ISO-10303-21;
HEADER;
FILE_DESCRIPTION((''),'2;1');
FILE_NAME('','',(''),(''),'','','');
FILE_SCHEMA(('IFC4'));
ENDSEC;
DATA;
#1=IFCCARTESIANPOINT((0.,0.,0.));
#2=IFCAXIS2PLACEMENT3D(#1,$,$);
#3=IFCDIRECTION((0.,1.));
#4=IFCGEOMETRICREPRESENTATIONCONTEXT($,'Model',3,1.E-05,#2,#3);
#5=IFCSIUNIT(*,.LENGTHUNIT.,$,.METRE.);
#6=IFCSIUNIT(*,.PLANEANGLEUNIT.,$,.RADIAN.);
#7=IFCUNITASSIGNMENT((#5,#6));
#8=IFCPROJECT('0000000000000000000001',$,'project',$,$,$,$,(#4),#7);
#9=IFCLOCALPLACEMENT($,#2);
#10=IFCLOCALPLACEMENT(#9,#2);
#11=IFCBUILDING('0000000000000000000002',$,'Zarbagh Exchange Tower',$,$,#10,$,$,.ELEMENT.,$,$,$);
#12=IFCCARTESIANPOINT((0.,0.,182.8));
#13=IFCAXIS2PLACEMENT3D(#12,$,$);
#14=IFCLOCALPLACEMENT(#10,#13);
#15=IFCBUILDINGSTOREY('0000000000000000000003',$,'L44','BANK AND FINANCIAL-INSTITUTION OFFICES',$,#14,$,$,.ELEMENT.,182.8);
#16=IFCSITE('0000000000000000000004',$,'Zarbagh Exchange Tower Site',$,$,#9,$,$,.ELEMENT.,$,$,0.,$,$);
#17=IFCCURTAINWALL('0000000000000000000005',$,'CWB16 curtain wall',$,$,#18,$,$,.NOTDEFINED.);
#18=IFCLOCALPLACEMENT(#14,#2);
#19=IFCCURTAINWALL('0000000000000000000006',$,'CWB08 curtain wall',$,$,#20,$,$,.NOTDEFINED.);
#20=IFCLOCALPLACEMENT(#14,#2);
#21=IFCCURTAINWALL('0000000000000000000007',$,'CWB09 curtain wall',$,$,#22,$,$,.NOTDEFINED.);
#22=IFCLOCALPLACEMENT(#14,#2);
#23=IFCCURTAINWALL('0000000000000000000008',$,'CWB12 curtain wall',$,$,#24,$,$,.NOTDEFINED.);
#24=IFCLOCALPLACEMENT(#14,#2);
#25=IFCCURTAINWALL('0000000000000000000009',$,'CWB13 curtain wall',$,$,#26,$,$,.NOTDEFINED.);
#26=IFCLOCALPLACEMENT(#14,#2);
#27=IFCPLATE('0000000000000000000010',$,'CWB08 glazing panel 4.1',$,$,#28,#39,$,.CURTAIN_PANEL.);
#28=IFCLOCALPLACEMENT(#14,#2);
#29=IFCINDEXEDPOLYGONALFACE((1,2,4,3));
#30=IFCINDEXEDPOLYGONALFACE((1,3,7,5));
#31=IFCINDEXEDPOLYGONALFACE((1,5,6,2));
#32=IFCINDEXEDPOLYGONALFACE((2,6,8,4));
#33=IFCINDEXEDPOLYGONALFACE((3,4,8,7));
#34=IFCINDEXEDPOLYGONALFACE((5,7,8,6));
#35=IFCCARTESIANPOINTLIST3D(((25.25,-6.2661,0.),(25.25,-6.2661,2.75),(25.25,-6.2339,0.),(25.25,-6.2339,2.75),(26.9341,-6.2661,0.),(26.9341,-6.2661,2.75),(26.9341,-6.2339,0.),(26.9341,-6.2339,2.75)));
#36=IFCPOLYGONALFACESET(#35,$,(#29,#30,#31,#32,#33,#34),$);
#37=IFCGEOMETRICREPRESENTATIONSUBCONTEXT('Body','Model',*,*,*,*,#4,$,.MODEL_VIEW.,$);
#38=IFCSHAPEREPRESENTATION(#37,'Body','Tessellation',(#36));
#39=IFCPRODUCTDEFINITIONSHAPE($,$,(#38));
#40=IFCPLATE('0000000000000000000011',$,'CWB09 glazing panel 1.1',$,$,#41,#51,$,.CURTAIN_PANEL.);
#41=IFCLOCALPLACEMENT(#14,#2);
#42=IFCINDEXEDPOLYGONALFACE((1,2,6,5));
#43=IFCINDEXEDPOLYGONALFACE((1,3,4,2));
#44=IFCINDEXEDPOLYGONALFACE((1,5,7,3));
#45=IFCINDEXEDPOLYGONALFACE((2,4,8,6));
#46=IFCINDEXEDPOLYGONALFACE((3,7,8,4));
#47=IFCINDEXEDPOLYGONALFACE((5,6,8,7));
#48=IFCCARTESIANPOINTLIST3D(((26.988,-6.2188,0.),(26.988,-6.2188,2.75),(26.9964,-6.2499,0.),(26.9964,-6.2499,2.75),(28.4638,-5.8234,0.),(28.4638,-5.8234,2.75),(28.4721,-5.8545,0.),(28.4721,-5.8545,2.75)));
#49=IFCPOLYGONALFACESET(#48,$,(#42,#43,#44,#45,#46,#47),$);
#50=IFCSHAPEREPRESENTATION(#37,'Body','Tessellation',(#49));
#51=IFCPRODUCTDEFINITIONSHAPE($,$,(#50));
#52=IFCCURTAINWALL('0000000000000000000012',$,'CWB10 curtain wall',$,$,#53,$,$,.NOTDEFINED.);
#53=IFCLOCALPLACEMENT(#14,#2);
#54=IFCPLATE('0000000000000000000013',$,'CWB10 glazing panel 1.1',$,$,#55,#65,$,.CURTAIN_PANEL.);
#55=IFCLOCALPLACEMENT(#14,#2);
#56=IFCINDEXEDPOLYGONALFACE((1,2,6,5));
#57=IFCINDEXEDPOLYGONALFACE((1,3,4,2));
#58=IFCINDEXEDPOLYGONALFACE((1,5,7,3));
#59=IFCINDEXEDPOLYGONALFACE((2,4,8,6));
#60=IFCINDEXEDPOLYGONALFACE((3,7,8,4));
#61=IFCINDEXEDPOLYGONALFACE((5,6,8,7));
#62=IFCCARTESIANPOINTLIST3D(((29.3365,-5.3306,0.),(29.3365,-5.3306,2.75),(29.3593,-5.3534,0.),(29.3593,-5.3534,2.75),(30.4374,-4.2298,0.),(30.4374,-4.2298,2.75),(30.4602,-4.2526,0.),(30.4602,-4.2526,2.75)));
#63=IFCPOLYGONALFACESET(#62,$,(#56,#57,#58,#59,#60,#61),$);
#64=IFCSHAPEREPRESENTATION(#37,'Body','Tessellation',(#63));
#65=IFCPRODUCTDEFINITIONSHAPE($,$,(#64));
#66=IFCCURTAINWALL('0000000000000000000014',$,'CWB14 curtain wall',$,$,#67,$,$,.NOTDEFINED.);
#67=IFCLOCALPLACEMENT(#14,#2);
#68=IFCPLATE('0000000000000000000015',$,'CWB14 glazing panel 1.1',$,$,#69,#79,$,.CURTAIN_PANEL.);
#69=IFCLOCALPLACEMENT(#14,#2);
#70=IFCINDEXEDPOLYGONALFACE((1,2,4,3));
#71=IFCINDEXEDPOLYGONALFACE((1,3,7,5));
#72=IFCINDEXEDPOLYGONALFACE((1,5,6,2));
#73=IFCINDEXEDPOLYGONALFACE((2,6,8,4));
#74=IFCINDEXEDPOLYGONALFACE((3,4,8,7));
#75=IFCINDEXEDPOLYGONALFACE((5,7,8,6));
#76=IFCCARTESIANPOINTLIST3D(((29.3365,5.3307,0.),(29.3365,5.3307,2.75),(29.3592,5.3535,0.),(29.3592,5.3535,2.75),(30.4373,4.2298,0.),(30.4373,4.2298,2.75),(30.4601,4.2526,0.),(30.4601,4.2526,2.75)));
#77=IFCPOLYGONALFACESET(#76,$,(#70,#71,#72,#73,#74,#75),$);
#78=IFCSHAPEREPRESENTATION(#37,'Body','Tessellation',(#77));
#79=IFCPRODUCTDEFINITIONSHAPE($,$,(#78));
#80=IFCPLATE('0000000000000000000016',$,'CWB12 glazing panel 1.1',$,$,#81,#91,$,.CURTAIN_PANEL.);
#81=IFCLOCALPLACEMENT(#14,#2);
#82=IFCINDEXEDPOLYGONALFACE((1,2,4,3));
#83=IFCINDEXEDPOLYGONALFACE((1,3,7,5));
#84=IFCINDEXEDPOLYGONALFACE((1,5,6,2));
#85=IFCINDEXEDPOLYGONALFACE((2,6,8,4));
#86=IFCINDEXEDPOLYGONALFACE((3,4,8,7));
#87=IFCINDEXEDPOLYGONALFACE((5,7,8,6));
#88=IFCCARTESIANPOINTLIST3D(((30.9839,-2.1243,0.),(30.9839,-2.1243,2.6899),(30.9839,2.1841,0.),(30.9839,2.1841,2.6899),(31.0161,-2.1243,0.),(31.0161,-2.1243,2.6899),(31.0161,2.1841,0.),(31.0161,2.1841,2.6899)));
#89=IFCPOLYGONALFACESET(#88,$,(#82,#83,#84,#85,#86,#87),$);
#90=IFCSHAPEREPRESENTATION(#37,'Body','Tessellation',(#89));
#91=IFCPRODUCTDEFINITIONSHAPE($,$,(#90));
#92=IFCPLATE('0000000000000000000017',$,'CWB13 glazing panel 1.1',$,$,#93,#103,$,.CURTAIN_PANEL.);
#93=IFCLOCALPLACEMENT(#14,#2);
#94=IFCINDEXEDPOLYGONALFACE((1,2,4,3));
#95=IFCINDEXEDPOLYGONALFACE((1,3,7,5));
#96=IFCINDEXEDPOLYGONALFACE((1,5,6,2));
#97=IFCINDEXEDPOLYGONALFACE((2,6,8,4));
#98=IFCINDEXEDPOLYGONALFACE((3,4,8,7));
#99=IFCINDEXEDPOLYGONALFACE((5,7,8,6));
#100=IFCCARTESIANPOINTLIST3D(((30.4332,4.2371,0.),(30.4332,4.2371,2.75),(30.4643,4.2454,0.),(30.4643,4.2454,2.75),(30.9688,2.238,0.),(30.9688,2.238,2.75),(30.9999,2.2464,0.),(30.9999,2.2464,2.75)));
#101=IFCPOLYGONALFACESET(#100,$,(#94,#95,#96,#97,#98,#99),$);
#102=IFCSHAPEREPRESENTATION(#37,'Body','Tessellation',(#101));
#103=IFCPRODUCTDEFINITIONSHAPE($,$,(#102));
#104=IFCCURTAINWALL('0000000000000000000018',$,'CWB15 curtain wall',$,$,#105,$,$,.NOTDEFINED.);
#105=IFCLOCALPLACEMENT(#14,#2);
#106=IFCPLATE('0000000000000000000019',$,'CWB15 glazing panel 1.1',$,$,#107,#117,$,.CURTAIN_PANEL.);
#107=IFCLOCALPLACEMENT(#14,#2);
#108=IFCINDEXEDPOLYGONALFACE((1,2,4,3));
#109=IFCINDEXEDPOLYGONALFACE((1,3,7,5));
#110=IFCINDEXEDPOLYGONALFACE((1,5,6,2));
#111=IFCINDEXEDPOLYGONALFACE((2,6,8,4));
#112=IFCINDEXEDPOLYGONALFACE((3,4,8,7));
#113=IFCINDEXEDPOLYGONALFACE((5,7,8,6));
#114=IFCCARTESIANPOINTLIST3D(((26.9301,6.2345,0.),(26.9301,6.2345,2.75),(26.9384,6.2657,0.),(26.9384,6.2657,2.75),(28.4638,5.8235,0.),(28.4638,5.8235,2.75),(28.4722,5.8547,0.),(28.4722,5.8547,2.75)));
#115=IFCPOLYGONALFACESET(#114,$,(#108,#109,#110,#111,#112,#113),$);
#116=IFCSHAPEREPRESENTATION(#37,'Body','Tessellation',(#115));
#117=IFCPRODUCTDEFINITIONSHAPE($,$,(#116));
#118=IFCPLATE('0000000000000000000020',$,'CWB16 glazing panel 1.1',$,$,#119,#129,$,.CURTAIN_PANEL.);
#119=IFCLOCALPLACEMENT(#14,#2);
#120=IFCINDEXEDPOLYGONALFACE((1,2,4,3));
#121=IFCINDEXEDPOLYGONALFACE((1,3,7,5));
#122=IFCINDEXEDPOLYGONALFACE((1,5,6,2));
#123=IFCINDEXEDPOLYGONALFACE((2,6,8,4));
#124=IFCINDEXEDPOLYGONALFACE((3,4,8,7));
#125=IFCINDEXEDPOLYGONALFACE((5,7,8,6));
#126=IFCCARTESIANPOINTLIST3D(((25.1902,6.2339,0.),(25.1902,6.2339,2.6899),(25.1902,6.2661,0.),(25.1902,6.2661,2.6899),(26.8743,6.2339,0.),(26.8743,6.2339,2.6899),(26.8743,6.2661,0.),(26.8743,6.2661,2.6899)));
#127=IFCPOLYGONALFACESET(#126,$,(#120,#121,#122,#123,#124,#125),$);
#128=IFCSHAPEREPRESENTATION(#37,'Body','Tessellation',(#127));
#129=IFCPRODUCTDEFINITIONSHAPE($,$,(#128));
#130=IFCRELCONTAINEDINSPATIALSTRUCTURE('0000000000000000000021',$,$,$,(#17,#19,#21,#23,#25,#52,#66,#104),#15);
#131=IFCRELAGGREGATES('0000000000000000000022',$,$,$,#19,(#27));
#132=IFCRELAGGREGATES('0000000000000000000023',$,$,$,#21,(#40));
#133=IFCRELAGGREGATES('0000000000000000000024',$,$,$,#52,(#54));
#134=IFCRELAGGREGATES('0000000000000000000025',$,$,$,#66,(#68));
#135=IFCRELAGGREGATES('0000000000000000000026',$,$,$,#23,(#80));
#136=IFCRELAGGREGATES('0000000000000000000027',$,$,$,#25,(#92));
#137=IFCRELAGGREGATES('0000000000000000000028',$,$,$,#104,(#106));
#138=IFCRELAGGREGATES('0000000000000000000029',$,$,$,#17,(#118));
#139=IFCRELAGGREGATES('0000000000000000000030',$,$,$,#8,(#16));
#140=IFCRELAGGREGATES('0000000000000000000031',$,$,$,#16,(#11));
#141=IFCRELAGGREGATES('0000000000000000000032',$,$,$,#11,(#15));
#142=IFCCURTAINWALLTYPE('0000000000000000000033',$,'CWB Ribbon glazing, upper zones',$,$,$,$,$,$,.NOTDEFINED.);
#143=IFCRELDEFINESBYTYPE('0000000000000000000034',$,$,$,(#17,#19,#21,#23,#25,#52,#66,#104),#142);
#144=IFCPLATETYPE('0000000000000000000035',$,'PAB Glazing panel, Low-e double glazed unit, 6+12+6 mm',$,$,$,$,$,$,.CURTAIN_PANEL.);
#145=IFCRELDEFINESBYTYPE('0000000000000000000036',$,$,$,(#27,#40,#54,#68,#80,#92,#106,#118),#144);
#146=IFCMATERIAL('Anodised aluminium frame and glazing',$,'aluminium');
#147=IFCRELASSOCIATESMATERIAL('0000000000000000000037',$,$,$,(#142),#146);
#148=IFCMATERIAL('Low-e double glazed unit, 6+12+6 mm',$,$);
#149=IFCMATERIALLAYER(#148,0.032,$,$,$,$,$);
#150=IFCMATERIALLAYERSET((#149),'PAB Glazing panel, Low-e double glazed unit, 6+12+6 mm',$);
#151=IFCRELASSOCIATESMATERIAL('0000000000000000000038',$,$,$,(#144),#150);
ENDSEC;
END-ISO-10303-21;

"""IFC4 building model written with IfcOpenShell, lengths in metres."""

from ifc_helpers import new_model, si_unit, direction, frame, origin, place, context, subcontext, project, spatial, polyline, outline, extrude, source, transform, mapped, material, layer, layer_set, type_object, element, aggregate, save


model = new_model("IFC4")

# Units and contexts
model_context = context("Model", 3, precision=1e-05, world=origin(), true_north=direction((0.0, 1.0)))
body_context = subcontext(model_context, "Body", "Model", "MODEL_VIEW")
ifc_project = project(units=[si_unit("LENGTHUNIT", "METRE"), si_unit("PLANEANGLEUNIT", "RADIAN")], contexts=[model_context])

# Site, building, storey
site_placement = place(None, origin())
site = spatial("IfcSite", under=ifc_project, at=site_placement, Name="Zarbagh Exchange Tower Site", CompositionType="ELEMENT", RefElevation=0.0)
building_placement = place(site_placement, origin())
building = spatial("IfcBuilding", under=site, at=building_placement, Name="Zarbagh Exchange Tower", CompositionType="ELEMENT")
storey_placement = place(building_placement, frame((0.0, 0.0, 182.8)))
storey = spatial("IfcBuildingStorey", under=building, at=storey_placement, Name="L44", Description="BANK AND FINANCIAL-INSTITUTION OFFICES", CompositionType="ELEMENT", Elevation=182.8)

# Curtain wall
ifc_material_1 = material(Name="Anodised aluminium frame and glazing", Category="aluminium")
curtain_wall_type = type_object("IfcCurtainWallType", Name="CWB Ribbon glazing, upper zones", PredefinedType="NOTDEFINED", material=ifc_material_1)
curtain_wall_1_placement = place(storey_placement, origin())
curtain_wall_1 = element("IfcCurtainWall", 1, at=curtain_wall_1_placement, inside=storey, type_object=curtain_wall_type, Name="CWB16 curtain wall", PredefinedType="NOTDEFINED")
placement = place(storey_placement, origin())

# Curtain wall
curtain_wall_2_placement = place(storey_placement, origin())
curtain_wall_2 = element("IfcCurtainWall", 2, at=curtain_wall_2_placement, inside=storey, type_object=curtain_wall_type, Name="CWB08 curtain wall", PredefinedType="NOTDEFINED")

# Curtain walls
curtain_wall_3_placement = place(storey_placement, origin())
curtain_wall_3 = element("IfcCurtainWall", 3, at=curtain_wall_3_placement, inside=storey, type_object=curtain_wall_type, Name="CWB09 curtain wall", PredefinedType="NOTDEFINED")
curtain_wall_4_placement = place(storey_placement, origin())
curtain_wall_4 = element("IfcCurtainWall", 4, at=curtain_wall_4_placement, inside=storey, type_object=curtain_wall_type, Name="CWB12 curtain wall", PredefinedType="NOTDEFINED")
curtain_wall_5_placement = place(storey_placement, origin())
curtain_wall_5 = element("IfcCurtainWall", 5, at=curtain_wall_5_placement, inside=storey, type_object=curtain_wall_type, Name="CWB13 curtain wall", PredefinedType="NOTDEFINED")

# Shared definitions
ifc_material_2 = material(Name="Low-e double glazed unit, 6+12+6 mm")
ifc_layer = layer(ifc_material_2, 0.032)
ifc_layer_set = layer_set([ifc_layer], Name="PAB Glazing panel, Low-e double glazed unit, 6+12+6 mm")
plate_type = type_object("IfcPlateType", Name="PAB Glazing panel, Low-e double glazed unit, 6+12+6 mm", PredefinedType="CURTAIN_PANEL", material=ifc_layer_set)

# Plates
shared_shape_1 = source(origin(), body_context, "Body", "SweptSolid", [
    extrude(outline(polyline([(0.0, -0.0161), (1.6841, -0.0161), (1.6841, 0.0161), (0.0, 0.0161), (0.0, -0.0161)])), origin(), (0.0, 0.0, 1.0), 2.75),
])
plate_1 = element("IfcPlate", 6, at=placement, type_object=plate_type, Name="CWB08 glazing panel 4.1", PredefinedType="CURTAIN_PANEL", context=body_context, shape_type="MappedRepresentation", body=[
    mapped(shared_shape_1, transform((25.25, -6.25, 0.0), x_axis=(1.0, 0.0, 0.0), y_axis=(0.0, 1.0, 0.0), z_axis=(0.0, 0.0, 1.0))),
])
aggregate(curtain_wall_2, [plate_1])
shared_shape_2 = source(origin(), body_context, "Body", "SweptSolid", [
    extrude(outline(polyline([(0.0, -0.0161), (1.5278, -0.0161), (1.5278, 0.0161), (0.0, 0.0161), (0.0, -0.0161)])), origin(), (0.0, 0.0, 1.0), 2.75),
])
plate_2 = element("IfcPlate", 7, at=placement, type_object=plate_type, Name="CWB09 glazing panel 1.1", PredefinedType="CURTAIN_PANEL", context=body_context, shape_type="MappedRepresentation", body=[
    mapped(shared_shape_2, transform((26.9922, -6.2344, 0.0), x_axis=(0.965924, 0.258825, 0.0), y_axis=(-0.258825, 0.965924, 0.0), z_axis=(0.0, 0.0, 1.0))),
])
aggregate(curtain_wall_3, [plate_2])

# Curtain walls, plates
curtain_wall_6_placement = place(storey_placement, origin())
curtain_wall_6 = element("IfcCurtainWall", 8, at=curtain_wall_6_placement, inside=storey, type_object=curtain_wall_type, Name="CWB10 curtain wall", PredefinedType="NOTDEFINED")
shared_shape_3 = source(origin(), body_context, "Body", "SweptSolid", [
    extrude(outline(polyline([(0.0, -0.0161), (1.5569, -0.0161), (1.5569, 0.0161), (0.0, 0.0161), (0.0, -0.0161)])), origin(), (0.0, 0.0, 1.0), 2.75),
])
plate_3 = element("IfcPlate", 9, at=placement, type_object=plate_type, Name="CWB10 glazing panel 1.1", PredefinedType="CURTAIN_PANEL", context=body_context, shape_type="MappedRepresentation", body=[
    mapped(shared_shape_3, transform((29.3479, -5.342, 0.0), x_axis=(0.707107, 0.707107, 0.0), y_axis=(-0.707107, 0.707107, 0.0), z_axis=(0.0, 0.0, 1.0))),
])
aggregate(curtain_wall_6, [plate_3])
curtain_wall_7_placement = place(storey_placement, origin())
curtain_wall_7 = element("IfcCurtainWall", 10, at=curtain_wall_7_placement, inside=storey, type_object=curtain_wall_type, Name="CWB14 curtain wall", PredefinedType="NOTDEFINED")
plate_4 = element("IfcPlate", 11, at=placement, type_object=plate_type, Name="CWB14 glazing panel 1.1", PredefinedType="CURTAIN_PANEL", context=body_context, shape_type="MappedRepresentation", body=[
    mapped(shared_shape_3, transform((30.4487, 4.2412, 0.0), x_axis=(-0.707107, 0.707107, 0.0), y_axis=(-0.707107, -0.707107, 0.0), z_axis=(0.0, 0.0, 1.0))),
])
aggregate(curtain_wall_7, [plate_4])

# Plates
shared_shape_4 = source(origin(), body_context, "Body", "SweptSolid", [
    extrude(outline(polyline([(0.0, -0.0161), (4.3083, -0.0161), (4.3083, 0.0161), (0.0, 0.0161), (0.0, -0.0161)])), origin(), (0.0, 0.0, 1.0), 2.6899),
])
plate_5 = element("IfcPlate", 12, at=placement, type_object=plate_type, Name="CWB12 glazing panel 1.1", PredefinedType="CURTAIN_PANEL", context=body_context, shape_type="MappedRepresentation", body=[
    mapped(shared_shape_4, transform((31.0, -2.1243, 0.0), x_axis=(0.0, 1.0, 0.0), y_axis=(-1.0, 0.0, 0.0), z_axis=(0.0, 0.0, 1.0))),
])
aggregate(curtain_wall_4, [plate_5])
shared_shape_5 = source(origin(), body_context, "Body", "SweptSolid", [
    extrude(outline(polyline([(0.0, -0.0161), (2.0696, -0.0161), (2.0696, 0.0161), (0.0, 0.0161), (0.0, -0.0161)])), origin(), (0.0, 0.0, 1.0), 2.75),
])
plate_6 = element("IfcPlate", 13, at=placement, type_object=plate_type, Name="CWB13 glazing panel 1.1", PredefinedType="CURTAIN_PANEL", context=body_context, shape_type="MappedRepresentation", body=[
    mapped(shared_shape_5, transform((30.9844, 2.2422, 0.0), x_axis=(-0.258825, 0.965924, 0.0), y_axis=(-0.965924, -0.258825, 0.0), z_axis=(0.0, 0.0, 1.0))),
])
aggregate(curtain_wall_5, [plate_6])

# Curtain wall, plate
curtain_wall_8_placement = place(storey_placement, origin())
curtain_wall_8 = element("IfcCurtainWall", 14, at=curtain_wall_8_placement, inside=storey, type_object=curtain_wall_type, Name="CWB15 curtain wall", PredefinedType="NOTDEFINED")
shared_shape_6 = source(origin(), body_context, "Body", "SweptSolid", [
    extrude(outline(polyline([(0.0, -0.0161), (1.5879, -0.0161), (1.5879, 0.0161), (0.0, 0.0161), (0.0, -0.0161)])), origin(), (0.0, 0.0, 1.0), 2.75),
])
plate_7 = element("IfcPlate", 15, at=placement, type_object=plate_type, Name="CWB15 glazing panel 1.1", PredefinedType="CURTAIN_PANEL", context=body_context, shape_type="MappedRepresentation", body=[
    mapped(shared_shape_6, transform((28.468, 5.8391, 0.0), x_axis=(-0.965924, 0.258825, 0.0), y_axis=(-0.258825, -0.965924, 0.0), z_axis=(0.0, 0.0, 1.0))),
])
aggregate(curtain_wall_8, [plate_7])

# Plate
shared_shape_7 = source(origin(), body_context, "Body", "SweptSolid", [
    extrude(outline(polyline([(0.0, -0.0161), (1.6841, -0.0161), (1.6841, 0.0161), (0.0, 0.0161), (0.0, -0.0161)])), origin(), (0.0, 0.0, 1.0), 2.6899),
])
plate_8 = element("IfcPlate", 16, at=placement, type_object=plate_type, Name="CWB16 glazing panel 1.1", PredefinedType="CURTAIN_PANEL", context=body_context, shape_type="MappedRepresentation", body=[
    mapped(shared_shape_7, transform((26.8743, 6.25, 0.0), x_axis=(-1.0, 0.0, 0.0), y_axis=(0.0, -1.0, 0.0), z_axis=(0.0, 0.0, 1.0))),
])
aggregate(curtain_wall_1, [plate_8])

save(model, "model.ifc")
